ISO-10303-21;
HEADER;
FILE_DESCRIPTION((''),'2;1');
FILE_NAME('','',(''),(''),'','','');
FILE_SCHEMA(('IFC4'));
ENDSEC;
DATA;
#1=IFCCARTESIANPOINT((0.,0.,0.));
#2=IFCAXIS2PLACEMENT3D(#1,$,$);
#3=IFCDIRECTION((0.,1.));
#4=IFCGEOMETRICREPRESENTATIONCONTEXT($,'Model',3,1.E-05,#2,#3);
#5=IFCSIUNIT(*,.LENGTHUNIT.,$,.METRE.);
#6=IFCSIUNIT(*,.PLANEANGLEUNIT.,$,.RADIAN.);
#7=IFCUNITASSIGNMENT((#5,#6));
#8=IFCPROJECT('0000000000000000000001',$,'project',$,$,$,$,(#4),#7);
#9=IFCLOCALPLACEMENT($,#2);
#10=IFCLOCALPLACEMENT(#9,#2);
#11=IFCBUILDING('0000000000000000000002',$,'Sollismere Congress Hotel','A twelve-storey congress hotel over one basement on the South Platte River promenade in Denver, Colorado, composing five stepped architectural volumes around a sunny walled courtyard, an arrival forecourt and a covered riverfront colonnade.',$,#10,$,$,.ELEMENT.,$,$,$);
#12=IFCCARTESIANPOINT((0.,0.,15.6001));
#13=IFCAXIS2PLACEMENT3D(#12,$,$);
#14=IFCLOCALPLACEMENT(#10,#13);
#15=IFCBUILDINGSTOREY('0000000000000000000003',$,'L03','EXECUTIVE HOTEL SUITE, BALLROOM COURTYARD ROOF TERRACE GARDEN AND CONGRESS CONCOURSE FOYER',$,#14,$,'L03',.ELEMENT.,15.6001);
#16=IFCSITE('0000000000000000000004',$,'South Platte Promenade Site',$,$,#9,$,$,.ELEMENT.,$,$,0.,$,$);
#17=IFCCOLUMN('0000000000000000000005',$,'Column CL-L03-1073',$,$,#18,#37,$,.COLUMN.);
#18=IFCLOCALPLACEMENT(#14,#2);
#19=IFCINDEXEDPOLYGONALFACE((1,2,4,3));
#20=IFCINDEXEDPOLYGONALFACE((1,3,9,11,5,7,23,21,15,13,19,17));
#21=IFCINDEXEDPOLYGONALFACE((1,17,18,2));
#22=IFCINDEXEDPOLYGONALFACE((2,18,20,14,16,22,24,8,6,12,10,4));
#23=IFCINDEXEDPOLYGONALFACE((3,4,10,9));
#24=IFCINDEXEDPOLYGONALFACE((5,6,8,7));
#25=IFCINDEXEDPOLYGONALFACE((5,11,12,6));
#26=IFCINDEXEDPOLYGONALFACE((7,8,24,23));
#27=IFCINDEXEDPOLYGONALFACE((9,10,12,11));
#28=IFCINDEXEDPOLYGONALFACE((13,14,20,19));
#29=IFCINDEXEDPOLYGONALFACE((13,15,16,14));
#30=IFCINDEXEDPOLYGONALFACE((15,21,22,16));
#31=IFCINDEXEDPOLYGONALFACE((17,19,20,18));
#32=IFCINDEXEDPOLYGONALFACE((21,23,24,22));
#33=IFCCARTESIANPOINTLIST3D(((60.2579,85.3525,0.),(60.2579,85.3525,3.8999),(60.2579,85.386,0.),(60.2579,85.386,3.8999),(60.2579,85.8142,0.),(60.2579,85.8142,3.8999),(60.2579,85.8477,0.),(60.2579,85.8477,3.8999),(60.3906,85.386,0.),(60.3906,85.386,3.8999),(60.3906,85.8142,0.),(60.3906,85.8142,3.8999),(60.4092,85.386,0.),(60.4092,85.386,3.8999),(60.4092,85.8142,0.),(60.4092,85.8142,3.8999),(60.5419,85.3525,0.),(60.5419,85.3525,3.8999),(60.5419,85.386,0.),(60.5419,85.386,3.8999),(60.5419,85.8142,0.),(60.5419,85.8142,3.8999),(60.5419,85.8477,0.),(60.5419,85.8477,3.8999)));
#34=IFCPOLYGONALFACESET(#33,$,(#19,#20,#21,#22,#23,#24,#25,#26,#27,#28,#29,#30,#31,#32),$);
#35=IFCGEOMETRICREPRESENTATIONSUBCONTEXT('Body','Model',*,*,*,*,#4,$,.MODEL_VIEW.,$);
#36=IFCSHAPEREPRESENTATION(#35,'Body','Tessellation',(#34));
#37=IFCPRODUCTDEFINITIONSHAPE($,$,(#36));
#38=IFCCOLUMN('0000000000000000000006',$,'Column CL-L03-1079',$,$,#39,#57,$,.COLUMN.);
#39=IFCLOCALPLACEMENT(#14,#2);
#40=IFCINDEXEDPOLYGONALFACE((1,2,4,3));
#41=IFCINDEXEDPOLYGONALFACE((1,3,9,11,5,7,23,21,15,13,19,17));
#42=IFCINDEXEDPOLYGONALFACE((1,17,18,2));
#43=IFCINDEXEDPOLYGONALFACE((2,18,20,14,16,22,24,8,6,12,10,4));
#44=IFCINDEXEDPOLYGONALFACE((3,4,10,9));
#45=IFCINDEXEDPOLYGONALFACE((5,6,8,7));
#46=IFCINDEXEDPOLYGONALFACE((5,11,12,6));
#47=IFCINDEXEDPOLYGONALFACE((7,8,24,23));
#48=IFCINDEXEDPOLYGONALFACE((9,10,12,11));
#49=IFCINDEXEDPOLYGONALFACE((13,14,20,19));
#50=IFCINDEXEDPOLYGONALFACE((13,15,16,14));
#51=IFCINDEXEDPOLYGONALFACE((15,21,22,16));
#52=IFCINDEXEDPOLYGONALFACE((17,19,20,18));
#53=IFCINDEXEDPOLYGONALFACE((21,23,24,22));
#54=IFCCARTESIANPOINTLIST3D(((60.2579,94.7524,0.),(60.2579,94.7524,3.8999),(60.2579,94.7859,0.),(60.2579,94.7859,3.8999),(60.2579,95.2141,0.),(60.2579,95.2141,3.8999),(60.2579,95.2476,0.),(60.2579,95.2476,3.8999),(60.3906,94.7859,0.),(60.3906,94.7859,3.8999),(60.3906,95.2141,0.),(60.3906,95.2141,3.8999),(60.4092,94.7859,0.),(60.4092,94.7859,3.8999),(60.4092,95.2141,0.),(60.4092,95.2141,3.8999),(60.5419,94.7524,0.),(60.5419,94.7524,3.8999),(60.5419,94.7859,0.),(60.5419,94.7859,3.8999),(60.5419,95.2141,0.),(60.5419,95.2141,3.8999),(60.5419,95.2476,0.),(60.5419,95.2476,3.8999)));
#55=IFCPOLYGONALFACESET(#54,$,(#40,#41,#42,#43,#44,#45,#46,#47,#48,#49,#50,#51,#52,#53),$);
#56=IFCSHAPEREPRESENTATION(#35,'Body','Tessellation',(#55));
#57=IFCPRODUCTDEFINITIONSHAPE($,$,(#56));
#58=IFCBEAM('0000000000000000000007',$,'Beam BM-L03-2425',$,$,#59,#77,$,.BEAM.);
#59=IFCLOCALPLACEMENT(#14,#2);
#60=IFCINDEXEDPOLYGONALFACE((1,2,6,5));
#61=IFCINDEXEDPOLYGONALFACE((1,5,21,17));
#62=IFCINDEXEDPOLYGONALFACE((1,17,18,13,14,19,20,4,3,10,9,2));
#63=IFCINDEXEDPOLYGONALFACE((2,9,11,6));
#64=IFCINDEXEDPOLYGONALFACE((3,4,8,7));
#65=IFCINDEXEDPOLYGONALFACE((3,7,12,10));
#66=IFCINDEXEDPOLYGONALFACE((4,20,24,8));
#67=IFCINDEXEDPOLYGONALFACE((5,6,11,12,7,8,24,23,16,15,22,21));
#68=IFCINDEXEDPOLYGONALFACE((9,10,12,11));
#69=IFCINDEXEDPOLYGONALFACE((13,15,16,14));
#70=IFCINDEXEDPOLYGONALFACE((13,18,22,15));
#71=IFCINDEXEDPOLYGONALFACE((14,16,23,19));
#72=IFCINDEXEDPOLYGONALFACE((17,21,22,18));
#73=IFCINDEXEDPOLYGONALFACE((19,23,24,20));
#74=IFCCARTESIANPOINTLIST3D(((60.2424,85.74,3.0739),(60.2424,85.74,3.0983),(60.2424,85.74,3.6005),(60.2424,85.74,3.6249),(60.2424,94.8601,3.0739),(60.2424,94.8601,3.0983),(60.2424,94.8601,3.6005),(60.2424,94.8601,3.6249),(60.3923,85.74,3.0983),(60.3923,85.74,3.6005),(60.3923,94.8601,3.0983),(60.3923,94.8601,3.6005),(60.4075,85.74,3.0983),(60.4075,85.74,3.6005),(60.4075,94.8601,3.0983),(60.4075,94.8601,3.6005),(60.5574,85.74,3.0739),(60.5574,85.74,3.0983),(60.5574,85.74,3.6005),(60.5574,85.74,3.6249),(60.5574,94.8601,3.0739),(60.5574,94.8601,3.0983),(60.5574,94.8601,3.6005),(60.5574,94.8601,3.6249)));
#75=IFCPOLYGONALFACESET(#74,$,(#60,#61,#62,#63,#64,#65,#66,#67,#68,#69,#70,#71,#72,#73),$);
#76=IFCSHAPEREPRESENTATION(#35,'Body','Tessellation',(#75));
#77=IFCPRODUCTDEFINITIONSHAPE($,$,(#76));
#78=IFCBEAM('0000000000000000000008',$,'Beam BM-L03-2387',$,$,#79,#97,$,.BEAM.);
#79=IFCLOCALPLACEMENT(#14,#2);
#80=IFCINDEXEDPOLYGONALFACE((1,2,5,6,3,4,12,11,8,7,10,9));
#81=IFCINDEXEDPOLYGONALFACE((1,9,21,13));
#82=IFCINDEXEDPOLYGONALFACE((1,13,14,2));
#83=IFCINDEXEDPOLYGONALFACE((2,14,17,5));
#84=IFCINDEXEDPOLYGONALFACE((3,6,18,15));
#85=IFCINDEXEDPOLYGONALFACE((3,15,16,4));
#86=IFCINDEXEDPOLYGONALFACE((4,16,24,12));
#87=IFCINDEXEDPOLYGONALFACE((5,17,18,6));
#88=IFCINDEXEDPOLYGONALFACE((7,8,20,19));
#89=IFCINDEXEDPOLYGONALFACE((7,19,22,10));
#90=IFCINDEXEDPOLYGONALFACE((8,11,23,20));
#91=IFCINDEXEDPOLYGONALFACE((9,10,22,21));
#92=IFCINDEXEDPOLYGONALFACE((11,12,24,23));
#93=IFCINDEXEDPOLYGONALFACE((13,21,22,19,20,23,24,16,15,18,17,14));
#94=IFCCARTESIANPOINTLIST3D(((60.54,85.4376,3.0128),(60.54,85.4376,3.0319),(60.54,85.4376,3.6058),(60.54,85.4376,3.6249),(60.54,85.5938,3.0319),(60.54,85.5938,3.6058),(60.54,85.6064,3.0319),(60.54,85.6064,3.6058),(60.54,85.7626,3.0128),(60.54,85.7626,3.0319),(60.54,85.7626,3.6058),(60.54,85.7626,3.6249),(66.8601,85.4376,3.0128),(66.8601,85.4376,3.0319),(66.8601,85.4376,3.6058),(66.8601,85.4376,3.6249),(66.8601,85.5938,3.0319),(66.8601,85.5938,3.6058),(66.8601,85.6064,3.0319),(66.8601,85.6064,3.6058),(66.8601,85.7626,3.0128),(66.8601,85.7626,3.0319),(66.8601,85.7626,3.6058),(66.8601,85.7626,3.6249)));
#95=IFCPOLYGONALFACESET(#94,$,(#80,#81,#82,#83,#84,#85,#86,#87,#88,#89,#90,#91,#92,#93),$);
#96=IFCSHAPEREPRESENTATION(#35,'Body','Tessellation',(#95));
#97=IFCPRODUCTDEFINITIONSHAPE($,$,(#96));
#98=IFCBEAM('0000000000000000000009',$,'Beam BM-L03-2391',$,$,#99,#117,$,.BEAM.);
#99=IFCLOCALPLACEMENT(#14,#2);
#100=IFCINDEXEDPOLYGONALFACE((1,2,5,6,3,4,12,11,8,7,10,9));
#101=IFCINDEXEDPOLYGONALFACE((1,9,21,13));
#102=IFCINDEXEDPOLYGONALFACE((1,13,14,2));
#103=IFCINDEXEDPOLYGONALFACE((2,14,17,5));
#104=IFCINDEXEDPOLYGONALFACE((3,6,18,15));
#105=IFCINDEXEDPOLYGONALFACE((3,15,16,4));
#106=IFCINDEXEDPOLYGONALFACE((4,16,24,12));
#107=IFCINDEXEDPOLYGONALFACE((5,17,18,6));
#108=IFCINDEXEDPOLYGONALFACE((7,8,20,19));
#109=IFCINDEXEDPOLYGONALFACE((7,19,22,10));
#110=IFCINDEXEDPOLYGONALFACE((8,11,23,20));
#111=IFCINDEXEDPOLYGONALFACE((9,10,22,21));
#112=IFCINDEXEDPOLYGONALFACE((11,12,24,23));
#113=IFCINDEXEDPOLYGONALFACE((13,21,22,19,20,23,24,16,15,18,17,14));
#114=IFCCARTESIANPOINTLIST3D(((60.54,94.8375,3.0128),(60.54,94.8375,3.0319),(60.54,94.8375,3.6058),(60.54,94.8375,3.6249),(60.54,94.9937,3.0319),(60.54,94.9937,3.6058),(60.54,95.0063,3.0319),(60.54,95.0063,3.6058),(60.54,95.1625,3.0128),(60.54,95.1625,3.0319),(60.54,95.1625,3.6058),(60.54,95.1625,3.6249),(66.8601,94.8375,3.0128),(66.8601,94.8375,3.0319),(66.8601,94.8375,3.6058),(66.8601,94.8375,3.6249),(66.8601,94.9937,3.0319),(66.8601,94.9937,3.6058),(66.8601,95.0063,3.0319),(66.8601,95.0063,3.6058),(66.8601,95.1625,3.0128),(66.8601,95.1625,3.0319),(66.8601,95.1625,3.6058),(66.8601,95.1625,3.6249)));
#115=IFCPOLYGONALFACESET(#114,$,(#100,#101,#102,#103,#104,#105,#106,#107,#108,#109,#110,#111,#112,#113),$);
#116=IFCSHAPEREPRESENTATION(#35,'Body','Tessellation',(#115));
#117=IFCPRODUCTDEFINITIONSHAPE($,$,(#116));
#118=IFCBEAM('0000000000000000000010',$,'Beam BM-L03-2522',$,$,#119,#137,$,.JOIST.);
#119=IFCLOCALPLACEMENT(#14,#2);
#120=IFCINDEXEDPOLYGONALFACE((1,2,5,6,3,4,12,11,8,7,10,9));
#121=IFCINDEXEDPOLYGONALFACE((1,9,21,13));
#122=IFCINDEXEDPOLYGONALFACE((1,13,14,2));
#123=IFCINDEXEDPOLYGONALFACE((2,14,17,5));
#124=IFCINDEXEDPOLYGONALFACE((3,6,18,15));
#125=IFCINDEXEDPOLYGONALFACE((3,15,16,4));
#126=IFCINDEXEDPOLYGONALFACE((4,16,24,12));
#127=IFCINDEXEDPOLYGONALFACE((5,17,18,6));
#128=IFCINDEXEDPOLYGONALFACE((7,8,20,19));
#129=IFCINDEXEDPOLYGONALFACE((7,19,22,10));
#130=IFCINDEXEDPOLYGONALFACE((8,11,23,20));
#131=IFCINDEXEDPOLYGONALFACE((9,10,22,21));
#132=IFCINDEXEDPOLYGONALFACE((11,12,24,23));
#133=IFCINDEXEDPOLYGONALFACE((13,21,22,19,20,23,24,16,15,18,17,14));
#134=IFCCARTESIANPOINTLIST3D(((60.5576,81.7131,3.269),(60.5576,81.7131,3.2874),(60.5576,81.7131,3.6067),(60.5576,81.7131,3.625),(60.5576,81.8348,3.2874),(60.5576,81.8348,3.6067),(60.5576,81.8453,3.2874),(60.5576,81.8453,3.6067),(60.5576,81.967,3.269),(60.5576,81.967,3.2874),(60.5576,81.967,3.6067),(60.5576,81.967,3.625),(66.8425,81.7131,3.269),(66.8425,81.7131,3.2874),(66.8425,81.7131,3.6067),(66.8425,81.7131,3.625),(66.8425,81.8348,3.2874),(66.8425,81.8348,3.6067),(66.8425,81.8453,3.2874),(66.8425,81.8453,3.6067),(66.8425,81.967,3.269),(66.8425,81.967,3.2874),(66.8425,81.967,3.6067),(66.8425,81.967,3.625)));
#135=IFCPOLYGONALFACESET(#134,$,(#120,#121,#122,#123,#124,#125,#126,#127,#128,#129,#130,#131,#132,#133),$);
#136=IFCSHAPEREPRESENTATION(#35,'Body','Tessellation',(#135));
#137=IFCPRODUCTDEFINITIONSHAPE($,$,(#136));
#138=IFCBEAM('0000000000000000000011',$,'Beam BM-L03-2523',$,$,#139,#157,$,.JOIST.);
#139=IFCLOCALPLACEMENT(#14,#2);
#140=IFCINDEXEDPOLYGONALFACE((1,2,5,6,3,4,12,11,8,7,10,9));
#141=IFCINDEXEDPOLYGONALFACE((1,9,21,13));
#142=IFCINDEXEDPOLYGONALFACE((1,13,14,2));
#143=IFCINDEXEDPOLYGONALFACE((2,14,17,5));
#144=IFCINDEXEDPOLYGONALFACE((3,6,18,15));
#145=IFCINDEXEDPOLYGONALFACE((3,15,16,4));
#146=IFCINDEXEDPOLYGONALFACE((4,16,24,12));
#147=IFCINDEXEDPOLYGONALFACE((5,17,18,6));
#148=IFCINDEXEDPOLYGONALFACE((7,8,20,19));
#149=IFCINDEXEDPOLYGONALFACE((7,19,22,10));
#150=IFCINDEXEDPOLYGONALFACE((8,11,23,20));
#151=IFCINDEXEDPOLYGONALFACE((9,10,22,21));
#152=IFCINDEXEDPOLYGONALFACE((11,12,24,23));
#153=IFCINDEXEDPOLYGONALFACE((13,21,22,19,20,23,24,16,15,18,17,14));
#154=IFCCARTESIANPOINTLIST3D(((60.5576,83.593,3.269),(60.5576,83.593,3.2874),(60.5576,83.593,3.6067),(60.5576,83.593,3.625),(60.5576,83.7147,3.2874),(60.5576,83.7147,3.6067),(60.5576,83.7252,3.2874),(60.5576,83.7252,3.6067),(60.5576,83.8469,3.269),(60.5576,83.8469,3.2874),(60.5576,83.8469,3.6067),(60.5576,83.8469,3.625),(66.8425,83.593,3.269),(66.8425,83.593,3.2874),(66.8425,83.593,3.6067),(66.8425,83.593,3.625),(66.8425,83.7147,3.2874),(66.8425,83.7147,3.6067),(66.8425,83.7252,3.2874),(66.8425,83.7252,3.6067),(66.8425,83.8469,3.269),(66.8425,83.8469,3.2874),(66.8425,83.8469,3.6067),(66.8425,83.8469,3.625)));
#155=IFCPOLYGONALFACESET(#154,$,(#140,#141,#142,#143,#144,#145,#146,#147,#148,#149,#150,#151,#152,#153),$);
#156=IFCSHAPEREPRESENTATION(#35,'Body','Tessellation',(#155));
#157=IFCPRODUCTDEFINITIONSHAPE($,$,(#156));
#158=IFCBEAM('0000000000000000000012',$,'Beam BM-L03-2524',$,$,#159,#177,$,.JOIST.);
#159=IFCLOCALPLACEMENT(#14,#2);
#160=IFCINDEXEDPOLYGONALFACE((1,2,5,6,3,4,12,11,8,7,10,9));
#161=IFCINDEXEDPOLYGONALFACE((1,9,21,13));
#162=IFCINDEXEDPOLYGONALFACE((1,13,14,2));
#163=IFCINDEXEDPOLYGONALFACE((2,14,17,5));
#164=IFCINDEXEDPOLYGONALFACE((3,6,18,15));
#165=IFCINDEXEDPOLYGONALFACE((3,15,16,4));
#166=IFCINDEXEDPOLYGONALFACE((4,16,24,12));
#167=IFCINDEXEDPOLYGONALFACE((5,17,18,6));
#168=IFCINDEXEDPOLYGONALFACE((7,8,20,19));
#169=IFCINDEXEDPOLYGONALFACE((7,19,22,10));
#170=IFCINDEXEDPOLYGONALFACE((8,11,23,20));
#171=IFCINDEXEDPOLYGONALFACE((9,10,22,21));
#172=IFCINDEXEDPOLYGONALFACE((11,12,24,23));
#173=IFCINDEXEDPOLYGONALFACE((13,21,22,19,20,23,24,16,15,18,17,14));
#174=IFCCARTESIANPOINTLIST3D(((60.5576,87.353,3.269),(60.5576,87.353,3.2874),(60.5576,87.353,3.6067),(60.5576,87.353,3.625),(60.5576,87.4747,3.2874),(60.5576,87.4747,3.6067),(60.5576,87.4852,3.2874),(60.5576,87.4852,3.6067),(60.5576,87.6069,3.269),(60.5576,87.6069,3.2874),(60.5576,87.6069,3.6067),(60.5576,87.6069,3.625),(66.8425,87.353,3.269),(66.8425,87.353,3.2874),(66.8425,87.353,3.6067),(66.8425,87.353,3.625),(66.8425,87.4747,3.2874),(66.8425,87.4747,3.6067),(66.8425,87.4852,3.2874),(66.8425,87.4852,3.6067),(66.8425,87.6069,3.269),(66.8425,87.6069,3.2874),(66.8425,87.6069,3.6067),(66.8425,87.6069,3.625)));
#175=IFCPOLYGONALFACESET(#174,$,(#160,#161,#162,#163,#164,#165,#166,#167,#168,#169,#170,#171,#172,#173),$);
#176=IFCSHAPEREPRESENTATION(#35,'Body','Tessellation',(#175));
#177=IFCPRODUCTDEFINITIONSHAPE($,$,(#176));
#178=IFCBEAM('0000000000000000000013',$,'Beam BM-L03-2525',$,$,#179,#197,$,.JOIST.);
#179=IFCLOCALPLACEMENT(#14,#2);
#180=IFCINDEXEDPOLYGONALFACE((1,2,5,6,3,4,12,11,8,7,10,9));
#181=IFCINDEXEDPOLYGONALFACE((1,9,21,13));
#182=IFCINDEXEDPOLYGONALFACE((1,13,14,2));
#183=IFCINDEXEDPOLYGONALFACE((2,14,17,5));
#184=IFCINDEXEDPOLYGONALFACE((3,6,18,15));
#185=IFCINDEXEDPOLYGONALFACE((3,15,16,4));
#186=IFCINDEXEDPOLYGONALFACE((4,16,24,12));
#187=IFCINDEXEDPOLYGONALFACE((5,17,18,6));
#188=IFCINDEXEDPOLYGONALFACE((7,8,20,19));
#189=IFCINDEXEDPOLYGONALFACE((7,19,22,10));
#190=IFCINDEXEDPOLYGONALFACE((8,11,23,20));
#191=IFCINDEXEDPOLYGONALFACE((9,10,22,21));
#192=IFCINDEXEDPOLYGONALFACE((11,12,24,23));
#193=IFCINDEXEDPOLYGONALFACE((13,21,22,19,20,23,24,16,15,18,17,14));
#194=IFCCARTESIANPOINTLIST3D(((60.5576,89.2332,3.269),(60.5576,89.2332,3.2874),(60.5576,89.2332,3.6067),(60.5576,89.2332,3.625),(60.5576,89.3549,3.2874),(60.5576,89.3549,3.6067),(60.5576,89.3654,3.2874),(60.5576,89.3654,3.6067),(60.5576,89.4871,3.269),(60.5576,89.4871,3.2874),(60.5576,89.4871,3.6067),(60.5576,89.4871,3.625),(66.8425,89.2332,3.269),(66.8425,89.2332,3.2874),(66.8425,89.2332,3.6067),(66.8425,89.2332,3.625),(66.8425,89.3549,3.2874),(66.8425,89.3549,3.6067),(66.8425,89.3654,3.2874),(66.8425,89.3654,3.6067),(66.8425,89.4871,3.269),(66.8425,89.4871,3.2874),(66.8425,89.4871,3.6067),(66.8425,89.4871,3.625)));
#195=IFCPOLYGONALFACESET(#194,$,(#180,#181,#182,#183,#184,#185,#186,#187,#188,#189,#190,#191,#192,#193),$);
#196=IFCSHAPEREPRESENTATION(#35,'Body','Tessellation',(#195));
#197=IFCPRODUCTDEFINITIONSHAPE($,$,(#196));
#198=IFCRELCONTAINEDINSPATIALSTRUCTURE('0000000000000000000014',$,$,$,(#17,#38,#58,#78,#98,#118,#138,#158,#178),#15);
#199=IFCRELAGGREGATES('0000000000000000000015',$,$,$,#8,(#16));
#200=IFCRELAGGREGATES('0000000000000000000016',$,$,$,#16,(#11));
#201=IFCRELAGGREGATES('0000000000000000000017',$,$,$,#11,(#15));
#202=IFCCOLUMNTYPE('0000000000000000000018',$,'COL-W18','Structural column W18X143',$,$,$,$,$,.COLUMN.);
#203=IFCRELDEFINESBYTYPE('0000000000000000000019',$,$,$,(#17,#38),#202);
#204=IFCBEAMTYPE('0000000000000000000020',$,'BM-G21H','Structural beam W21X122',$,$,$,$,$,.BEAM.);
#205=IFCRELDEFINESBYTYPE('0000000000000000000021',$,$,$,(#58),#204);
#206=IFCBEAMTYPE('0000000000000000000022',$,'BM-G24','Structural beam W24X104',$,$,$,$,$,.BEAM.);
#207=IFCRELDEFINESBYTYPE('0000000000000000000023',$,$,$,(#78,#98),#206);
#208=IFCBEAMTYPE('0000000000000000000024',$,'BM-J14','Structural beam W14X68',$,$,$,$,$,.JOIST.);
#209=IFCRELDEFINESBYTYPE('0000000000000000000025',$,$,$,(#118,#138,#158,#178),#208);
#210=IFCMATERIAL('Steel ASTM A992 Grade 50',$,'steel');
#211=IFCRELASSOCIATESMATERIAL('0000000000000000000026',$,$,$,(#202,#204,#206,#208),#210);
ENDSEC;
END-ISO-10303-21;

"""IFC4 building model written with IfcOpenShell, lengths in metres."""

from ifc_helpers import new_model, si_unit, direction, frame, origin, origin_2d, place, context, subcontext, project, spatial, i_section, extrude, material, material_profile, profile_set, type_object, element, save


model = new_model("IFC4")

# Units and contexts
model_context = context("Model", 3, precision=1e-05, world=origin(), true_north=direction((0.0, 1.0)))
body_context = subcontext(model_context, "Body", "Model", "MODEL_VIEW")
ifc_project = project(units=[si_unit("LENGTHUNIT", "METRE"), si_unit("PLANEANGLEUNIT", "RADIAN")], contexts=[model_context])

# Site, building, storey
site_placement = place(None, origin())
site = spatial("IfcSite", under=ifc_project, at=site_placement, Name="South Platte Promenade Site", CompositionType="ELEMENT", RefElevation=0.0)
building_placement = place(site_placement, origin())
building = spatial("IfcBuilding", under=site, at=building_placement, Name="Sollismere Congress Hotel", Description="A twelve-storey congress hotel over one basement on the South Platte River promenade in Denver, Colorado, composing five stepped architectural volumes around a sunny walled courtyard, an arrival forecourt and a covered riverfront colonnade.", CompositionType="ELEMENT")
storey_placement = place(building_placement, frame((0.0, 0.0, 15.6001)))
storey = spatial("IfcBuildingStorey", under=building, at=storey_placement, Name="L03", Description="EXECUTIVE HOTEL SUITE, BALLROOM COURTYARD ROOF TERRACE GARDEN AND CONGRESS CONCOURSE FOYER", LongName="L03", CompositionType="ELEMENT", Elevation=15.6001)

# Columns
ifc_material_1 = material(Name="Steel ASTM A992 Grade 50", Category="steel")
ifc_material_profile_1 = material_profile(ifc_material_1, i_section(OverallWidth=0.2839, OverallDepth=0.4951, WebThickness=0.0186, FlangeThickness=0.0334, at=origin_2d()), Name="W18X143")
ifc_profile_set_1 = profile_set([ifc_material_profile_1], Name="Steel ASTM A992 Grade 50")
column_type = type_object("IfcColumnType", Name="COL-W18", Description="Structural column W18X143", PredefinedType="COLUMN", material=ifc_profile_set_1)
for number, where, z_axis, x_axis, name in (
    (1, (60.3999, 85.6001, 0.0), (0.0, 0.0, 1.0), (1.0, 0.0, 0.0), "Column CL-L03-1073"),
    (2, (60.3999, 95.0, 0.0), (0.0, 0.0, 1.0), (1.0, 0.0, 0.0), "Column CL-L03-1079"),
):
    element("IfcColumn", number, at=place(storey_placement, frame(where, z_axis=z_axis, x_axis=x_axis)), inside=storey, type_object=column_type, Name=name, PredefinedType="COLUMN", context=body_context, shape_type="SweptSolid", body=[
        extrude(i_section(OverallWidth=0.2839, OverallDepth=0.4951, WebThickness=0.0186, FlangeThickness=0.0334, at=origin_2d()), origin(), (0.0, 0.0, 1.0), 3.8999),
    ])

# Beams
ifc_material_profile_2 = material_profile(ifc_material_1, i_section(OverallWidth=0.3149, OverallDepth=0.551, WebThickness=0.0151, FlangeThickness=0.0244, at=origin_2d()), Name="W21X122")
ifc_profile_set_2 = profile_set([ifc_material_profile_2], Name="Steel ASTM A992 Grade 50")
beam_type_1 = type_object("IfcBeamType", Name="BM-G21H", Description="Structural beam W21X122", PredefinedType="BEAM", material=ifc_profile_set_2)
beam_placement = place(storey_placement, frame((60.3999, 85.74, 3.3494), z_axis=(0.0, 1.0, 0.0), x_axis=(-1.0, 0.0, 0.0)))
element("IfcBeam", 3, at=beam_placement, inside=storey, type_object=beam_type_1, Name="Beam BM-L03-2425", PredefinedType="BEAM", context=body_context, shape_type="SweptSolid", body=[
    extrude(i_section(OverallWidth=0.3149, OverallDepth=0.551, WebThickness=0.0151, FlangeThickness=0.0244, at=origin_2d()), origin(), (0.0, 0.0, 1.0), 9.1201),
])
ifc_material_profile_3 = material_profile(ifc_material_1, i_section(OverallWidth=0.325, OverallDepth=0.6121, WebThickness=0.0127, FlangeThickness=0.019, at=origin_2d()), Name="W24X104")
ifc_profile_set_3 = profile_set([ifc_material_profile_3], Name="Steel ASTM A992 Grade 50")
beam_type_2 = type_object("IfcBeamType", Name="BM-G24", Description="Structural beam W24X104", PredefinedType="BEAM", material=ifc_profile_set_3)
for number, where, z_axis, x_axis, name in (
    (4, (60.54, 85.6001, 3.3188), (1.0, 0.0, 0.0), (0.0, 1.0, 0.0), "Beam BM-L03-2387"),
    (5, (60.54, 95.0, 3.3188), (1.0, 0.0, 0.0), (0.0, 1.0, 0.0), "Beam BM-L03-2391"),
):
    element("IfcBeam", number, at=place(storey_placement, frame(where, z_axis=z_axis, x_axis=x_axis)), inside=storey, type_object=beam_type_2, Name=name, PredefinedType="BEAM", context=body_context, shape_type="SweptSolid", body=[
        extrude(i_section(OverallWidth=0.325, OverallDepth=0.6121, WebThickness=0.0127, FlangeThickness=0.019, at=origin_2d()), origin(), (0.0, 0.0, 1.0), 6.3201),
    ])
ifc_material_profile_4 = material_profile(ifc_material_1, i_section(OverallWidth=0.2539, OverallDepth=0.356, WebThickness=0.0105, FlangeThickness=0.0183, at=origin_2d()), Name="W14X68")
ifc_profile_set_4 = profile_set([ifc_material_profile_4], Name="Steel ASTM A992 Grade 50")
beam_type_3 = type_object("IfcBeamType", Name="BM-J14", Description="Structural beam W14X68", PredefinedType="JOIST", material=ifc_profile_set_4)
for number, where, z_axis, x_axis, name in (
    (6, (60.5576, 81.8401, 3.447), (1.0, 0.0, 0.0), (0.0, 1.0, 0.0), "Beam BM-L03-2522"),
    (7, (60.5576, 83.72, 3.447), (1.0, 0.0, 0.0), (0.0, 1.0, 0.0), "Beam BM-L03-2523"),
    (8, (60.5576, 87.48, 3.447), (1.0, 0.0, 0.0), (0.0, 1.0, 0.0), "Beam BM-L03-2524"),
    (9, (60.5576, 89.3601, 3.447), (1.0, 0.0, 0.0), (0.0, 1.0, 0.0), "Beam BM-L03-2525"),
):
    element("IfcBeam", number, at=place(storey_placement, frame(where, z_axis=z_axis, x_axis=x_axis)), inside=storey, type_object=beam_type_3, Name=name, PredefinedType="JOIST", context=body_context, shape_type="SweptSolid", body=[
        extrude(i_section(OverallWidth=0.2539, OverallDepth=0.356, WebThickness=0.0105, FlangeThickness=0.0183, at=origin_2d()), origin(), (0.0, 0.0, 1.0), 6.2849),
    ])

save(model, "model.ifc")
